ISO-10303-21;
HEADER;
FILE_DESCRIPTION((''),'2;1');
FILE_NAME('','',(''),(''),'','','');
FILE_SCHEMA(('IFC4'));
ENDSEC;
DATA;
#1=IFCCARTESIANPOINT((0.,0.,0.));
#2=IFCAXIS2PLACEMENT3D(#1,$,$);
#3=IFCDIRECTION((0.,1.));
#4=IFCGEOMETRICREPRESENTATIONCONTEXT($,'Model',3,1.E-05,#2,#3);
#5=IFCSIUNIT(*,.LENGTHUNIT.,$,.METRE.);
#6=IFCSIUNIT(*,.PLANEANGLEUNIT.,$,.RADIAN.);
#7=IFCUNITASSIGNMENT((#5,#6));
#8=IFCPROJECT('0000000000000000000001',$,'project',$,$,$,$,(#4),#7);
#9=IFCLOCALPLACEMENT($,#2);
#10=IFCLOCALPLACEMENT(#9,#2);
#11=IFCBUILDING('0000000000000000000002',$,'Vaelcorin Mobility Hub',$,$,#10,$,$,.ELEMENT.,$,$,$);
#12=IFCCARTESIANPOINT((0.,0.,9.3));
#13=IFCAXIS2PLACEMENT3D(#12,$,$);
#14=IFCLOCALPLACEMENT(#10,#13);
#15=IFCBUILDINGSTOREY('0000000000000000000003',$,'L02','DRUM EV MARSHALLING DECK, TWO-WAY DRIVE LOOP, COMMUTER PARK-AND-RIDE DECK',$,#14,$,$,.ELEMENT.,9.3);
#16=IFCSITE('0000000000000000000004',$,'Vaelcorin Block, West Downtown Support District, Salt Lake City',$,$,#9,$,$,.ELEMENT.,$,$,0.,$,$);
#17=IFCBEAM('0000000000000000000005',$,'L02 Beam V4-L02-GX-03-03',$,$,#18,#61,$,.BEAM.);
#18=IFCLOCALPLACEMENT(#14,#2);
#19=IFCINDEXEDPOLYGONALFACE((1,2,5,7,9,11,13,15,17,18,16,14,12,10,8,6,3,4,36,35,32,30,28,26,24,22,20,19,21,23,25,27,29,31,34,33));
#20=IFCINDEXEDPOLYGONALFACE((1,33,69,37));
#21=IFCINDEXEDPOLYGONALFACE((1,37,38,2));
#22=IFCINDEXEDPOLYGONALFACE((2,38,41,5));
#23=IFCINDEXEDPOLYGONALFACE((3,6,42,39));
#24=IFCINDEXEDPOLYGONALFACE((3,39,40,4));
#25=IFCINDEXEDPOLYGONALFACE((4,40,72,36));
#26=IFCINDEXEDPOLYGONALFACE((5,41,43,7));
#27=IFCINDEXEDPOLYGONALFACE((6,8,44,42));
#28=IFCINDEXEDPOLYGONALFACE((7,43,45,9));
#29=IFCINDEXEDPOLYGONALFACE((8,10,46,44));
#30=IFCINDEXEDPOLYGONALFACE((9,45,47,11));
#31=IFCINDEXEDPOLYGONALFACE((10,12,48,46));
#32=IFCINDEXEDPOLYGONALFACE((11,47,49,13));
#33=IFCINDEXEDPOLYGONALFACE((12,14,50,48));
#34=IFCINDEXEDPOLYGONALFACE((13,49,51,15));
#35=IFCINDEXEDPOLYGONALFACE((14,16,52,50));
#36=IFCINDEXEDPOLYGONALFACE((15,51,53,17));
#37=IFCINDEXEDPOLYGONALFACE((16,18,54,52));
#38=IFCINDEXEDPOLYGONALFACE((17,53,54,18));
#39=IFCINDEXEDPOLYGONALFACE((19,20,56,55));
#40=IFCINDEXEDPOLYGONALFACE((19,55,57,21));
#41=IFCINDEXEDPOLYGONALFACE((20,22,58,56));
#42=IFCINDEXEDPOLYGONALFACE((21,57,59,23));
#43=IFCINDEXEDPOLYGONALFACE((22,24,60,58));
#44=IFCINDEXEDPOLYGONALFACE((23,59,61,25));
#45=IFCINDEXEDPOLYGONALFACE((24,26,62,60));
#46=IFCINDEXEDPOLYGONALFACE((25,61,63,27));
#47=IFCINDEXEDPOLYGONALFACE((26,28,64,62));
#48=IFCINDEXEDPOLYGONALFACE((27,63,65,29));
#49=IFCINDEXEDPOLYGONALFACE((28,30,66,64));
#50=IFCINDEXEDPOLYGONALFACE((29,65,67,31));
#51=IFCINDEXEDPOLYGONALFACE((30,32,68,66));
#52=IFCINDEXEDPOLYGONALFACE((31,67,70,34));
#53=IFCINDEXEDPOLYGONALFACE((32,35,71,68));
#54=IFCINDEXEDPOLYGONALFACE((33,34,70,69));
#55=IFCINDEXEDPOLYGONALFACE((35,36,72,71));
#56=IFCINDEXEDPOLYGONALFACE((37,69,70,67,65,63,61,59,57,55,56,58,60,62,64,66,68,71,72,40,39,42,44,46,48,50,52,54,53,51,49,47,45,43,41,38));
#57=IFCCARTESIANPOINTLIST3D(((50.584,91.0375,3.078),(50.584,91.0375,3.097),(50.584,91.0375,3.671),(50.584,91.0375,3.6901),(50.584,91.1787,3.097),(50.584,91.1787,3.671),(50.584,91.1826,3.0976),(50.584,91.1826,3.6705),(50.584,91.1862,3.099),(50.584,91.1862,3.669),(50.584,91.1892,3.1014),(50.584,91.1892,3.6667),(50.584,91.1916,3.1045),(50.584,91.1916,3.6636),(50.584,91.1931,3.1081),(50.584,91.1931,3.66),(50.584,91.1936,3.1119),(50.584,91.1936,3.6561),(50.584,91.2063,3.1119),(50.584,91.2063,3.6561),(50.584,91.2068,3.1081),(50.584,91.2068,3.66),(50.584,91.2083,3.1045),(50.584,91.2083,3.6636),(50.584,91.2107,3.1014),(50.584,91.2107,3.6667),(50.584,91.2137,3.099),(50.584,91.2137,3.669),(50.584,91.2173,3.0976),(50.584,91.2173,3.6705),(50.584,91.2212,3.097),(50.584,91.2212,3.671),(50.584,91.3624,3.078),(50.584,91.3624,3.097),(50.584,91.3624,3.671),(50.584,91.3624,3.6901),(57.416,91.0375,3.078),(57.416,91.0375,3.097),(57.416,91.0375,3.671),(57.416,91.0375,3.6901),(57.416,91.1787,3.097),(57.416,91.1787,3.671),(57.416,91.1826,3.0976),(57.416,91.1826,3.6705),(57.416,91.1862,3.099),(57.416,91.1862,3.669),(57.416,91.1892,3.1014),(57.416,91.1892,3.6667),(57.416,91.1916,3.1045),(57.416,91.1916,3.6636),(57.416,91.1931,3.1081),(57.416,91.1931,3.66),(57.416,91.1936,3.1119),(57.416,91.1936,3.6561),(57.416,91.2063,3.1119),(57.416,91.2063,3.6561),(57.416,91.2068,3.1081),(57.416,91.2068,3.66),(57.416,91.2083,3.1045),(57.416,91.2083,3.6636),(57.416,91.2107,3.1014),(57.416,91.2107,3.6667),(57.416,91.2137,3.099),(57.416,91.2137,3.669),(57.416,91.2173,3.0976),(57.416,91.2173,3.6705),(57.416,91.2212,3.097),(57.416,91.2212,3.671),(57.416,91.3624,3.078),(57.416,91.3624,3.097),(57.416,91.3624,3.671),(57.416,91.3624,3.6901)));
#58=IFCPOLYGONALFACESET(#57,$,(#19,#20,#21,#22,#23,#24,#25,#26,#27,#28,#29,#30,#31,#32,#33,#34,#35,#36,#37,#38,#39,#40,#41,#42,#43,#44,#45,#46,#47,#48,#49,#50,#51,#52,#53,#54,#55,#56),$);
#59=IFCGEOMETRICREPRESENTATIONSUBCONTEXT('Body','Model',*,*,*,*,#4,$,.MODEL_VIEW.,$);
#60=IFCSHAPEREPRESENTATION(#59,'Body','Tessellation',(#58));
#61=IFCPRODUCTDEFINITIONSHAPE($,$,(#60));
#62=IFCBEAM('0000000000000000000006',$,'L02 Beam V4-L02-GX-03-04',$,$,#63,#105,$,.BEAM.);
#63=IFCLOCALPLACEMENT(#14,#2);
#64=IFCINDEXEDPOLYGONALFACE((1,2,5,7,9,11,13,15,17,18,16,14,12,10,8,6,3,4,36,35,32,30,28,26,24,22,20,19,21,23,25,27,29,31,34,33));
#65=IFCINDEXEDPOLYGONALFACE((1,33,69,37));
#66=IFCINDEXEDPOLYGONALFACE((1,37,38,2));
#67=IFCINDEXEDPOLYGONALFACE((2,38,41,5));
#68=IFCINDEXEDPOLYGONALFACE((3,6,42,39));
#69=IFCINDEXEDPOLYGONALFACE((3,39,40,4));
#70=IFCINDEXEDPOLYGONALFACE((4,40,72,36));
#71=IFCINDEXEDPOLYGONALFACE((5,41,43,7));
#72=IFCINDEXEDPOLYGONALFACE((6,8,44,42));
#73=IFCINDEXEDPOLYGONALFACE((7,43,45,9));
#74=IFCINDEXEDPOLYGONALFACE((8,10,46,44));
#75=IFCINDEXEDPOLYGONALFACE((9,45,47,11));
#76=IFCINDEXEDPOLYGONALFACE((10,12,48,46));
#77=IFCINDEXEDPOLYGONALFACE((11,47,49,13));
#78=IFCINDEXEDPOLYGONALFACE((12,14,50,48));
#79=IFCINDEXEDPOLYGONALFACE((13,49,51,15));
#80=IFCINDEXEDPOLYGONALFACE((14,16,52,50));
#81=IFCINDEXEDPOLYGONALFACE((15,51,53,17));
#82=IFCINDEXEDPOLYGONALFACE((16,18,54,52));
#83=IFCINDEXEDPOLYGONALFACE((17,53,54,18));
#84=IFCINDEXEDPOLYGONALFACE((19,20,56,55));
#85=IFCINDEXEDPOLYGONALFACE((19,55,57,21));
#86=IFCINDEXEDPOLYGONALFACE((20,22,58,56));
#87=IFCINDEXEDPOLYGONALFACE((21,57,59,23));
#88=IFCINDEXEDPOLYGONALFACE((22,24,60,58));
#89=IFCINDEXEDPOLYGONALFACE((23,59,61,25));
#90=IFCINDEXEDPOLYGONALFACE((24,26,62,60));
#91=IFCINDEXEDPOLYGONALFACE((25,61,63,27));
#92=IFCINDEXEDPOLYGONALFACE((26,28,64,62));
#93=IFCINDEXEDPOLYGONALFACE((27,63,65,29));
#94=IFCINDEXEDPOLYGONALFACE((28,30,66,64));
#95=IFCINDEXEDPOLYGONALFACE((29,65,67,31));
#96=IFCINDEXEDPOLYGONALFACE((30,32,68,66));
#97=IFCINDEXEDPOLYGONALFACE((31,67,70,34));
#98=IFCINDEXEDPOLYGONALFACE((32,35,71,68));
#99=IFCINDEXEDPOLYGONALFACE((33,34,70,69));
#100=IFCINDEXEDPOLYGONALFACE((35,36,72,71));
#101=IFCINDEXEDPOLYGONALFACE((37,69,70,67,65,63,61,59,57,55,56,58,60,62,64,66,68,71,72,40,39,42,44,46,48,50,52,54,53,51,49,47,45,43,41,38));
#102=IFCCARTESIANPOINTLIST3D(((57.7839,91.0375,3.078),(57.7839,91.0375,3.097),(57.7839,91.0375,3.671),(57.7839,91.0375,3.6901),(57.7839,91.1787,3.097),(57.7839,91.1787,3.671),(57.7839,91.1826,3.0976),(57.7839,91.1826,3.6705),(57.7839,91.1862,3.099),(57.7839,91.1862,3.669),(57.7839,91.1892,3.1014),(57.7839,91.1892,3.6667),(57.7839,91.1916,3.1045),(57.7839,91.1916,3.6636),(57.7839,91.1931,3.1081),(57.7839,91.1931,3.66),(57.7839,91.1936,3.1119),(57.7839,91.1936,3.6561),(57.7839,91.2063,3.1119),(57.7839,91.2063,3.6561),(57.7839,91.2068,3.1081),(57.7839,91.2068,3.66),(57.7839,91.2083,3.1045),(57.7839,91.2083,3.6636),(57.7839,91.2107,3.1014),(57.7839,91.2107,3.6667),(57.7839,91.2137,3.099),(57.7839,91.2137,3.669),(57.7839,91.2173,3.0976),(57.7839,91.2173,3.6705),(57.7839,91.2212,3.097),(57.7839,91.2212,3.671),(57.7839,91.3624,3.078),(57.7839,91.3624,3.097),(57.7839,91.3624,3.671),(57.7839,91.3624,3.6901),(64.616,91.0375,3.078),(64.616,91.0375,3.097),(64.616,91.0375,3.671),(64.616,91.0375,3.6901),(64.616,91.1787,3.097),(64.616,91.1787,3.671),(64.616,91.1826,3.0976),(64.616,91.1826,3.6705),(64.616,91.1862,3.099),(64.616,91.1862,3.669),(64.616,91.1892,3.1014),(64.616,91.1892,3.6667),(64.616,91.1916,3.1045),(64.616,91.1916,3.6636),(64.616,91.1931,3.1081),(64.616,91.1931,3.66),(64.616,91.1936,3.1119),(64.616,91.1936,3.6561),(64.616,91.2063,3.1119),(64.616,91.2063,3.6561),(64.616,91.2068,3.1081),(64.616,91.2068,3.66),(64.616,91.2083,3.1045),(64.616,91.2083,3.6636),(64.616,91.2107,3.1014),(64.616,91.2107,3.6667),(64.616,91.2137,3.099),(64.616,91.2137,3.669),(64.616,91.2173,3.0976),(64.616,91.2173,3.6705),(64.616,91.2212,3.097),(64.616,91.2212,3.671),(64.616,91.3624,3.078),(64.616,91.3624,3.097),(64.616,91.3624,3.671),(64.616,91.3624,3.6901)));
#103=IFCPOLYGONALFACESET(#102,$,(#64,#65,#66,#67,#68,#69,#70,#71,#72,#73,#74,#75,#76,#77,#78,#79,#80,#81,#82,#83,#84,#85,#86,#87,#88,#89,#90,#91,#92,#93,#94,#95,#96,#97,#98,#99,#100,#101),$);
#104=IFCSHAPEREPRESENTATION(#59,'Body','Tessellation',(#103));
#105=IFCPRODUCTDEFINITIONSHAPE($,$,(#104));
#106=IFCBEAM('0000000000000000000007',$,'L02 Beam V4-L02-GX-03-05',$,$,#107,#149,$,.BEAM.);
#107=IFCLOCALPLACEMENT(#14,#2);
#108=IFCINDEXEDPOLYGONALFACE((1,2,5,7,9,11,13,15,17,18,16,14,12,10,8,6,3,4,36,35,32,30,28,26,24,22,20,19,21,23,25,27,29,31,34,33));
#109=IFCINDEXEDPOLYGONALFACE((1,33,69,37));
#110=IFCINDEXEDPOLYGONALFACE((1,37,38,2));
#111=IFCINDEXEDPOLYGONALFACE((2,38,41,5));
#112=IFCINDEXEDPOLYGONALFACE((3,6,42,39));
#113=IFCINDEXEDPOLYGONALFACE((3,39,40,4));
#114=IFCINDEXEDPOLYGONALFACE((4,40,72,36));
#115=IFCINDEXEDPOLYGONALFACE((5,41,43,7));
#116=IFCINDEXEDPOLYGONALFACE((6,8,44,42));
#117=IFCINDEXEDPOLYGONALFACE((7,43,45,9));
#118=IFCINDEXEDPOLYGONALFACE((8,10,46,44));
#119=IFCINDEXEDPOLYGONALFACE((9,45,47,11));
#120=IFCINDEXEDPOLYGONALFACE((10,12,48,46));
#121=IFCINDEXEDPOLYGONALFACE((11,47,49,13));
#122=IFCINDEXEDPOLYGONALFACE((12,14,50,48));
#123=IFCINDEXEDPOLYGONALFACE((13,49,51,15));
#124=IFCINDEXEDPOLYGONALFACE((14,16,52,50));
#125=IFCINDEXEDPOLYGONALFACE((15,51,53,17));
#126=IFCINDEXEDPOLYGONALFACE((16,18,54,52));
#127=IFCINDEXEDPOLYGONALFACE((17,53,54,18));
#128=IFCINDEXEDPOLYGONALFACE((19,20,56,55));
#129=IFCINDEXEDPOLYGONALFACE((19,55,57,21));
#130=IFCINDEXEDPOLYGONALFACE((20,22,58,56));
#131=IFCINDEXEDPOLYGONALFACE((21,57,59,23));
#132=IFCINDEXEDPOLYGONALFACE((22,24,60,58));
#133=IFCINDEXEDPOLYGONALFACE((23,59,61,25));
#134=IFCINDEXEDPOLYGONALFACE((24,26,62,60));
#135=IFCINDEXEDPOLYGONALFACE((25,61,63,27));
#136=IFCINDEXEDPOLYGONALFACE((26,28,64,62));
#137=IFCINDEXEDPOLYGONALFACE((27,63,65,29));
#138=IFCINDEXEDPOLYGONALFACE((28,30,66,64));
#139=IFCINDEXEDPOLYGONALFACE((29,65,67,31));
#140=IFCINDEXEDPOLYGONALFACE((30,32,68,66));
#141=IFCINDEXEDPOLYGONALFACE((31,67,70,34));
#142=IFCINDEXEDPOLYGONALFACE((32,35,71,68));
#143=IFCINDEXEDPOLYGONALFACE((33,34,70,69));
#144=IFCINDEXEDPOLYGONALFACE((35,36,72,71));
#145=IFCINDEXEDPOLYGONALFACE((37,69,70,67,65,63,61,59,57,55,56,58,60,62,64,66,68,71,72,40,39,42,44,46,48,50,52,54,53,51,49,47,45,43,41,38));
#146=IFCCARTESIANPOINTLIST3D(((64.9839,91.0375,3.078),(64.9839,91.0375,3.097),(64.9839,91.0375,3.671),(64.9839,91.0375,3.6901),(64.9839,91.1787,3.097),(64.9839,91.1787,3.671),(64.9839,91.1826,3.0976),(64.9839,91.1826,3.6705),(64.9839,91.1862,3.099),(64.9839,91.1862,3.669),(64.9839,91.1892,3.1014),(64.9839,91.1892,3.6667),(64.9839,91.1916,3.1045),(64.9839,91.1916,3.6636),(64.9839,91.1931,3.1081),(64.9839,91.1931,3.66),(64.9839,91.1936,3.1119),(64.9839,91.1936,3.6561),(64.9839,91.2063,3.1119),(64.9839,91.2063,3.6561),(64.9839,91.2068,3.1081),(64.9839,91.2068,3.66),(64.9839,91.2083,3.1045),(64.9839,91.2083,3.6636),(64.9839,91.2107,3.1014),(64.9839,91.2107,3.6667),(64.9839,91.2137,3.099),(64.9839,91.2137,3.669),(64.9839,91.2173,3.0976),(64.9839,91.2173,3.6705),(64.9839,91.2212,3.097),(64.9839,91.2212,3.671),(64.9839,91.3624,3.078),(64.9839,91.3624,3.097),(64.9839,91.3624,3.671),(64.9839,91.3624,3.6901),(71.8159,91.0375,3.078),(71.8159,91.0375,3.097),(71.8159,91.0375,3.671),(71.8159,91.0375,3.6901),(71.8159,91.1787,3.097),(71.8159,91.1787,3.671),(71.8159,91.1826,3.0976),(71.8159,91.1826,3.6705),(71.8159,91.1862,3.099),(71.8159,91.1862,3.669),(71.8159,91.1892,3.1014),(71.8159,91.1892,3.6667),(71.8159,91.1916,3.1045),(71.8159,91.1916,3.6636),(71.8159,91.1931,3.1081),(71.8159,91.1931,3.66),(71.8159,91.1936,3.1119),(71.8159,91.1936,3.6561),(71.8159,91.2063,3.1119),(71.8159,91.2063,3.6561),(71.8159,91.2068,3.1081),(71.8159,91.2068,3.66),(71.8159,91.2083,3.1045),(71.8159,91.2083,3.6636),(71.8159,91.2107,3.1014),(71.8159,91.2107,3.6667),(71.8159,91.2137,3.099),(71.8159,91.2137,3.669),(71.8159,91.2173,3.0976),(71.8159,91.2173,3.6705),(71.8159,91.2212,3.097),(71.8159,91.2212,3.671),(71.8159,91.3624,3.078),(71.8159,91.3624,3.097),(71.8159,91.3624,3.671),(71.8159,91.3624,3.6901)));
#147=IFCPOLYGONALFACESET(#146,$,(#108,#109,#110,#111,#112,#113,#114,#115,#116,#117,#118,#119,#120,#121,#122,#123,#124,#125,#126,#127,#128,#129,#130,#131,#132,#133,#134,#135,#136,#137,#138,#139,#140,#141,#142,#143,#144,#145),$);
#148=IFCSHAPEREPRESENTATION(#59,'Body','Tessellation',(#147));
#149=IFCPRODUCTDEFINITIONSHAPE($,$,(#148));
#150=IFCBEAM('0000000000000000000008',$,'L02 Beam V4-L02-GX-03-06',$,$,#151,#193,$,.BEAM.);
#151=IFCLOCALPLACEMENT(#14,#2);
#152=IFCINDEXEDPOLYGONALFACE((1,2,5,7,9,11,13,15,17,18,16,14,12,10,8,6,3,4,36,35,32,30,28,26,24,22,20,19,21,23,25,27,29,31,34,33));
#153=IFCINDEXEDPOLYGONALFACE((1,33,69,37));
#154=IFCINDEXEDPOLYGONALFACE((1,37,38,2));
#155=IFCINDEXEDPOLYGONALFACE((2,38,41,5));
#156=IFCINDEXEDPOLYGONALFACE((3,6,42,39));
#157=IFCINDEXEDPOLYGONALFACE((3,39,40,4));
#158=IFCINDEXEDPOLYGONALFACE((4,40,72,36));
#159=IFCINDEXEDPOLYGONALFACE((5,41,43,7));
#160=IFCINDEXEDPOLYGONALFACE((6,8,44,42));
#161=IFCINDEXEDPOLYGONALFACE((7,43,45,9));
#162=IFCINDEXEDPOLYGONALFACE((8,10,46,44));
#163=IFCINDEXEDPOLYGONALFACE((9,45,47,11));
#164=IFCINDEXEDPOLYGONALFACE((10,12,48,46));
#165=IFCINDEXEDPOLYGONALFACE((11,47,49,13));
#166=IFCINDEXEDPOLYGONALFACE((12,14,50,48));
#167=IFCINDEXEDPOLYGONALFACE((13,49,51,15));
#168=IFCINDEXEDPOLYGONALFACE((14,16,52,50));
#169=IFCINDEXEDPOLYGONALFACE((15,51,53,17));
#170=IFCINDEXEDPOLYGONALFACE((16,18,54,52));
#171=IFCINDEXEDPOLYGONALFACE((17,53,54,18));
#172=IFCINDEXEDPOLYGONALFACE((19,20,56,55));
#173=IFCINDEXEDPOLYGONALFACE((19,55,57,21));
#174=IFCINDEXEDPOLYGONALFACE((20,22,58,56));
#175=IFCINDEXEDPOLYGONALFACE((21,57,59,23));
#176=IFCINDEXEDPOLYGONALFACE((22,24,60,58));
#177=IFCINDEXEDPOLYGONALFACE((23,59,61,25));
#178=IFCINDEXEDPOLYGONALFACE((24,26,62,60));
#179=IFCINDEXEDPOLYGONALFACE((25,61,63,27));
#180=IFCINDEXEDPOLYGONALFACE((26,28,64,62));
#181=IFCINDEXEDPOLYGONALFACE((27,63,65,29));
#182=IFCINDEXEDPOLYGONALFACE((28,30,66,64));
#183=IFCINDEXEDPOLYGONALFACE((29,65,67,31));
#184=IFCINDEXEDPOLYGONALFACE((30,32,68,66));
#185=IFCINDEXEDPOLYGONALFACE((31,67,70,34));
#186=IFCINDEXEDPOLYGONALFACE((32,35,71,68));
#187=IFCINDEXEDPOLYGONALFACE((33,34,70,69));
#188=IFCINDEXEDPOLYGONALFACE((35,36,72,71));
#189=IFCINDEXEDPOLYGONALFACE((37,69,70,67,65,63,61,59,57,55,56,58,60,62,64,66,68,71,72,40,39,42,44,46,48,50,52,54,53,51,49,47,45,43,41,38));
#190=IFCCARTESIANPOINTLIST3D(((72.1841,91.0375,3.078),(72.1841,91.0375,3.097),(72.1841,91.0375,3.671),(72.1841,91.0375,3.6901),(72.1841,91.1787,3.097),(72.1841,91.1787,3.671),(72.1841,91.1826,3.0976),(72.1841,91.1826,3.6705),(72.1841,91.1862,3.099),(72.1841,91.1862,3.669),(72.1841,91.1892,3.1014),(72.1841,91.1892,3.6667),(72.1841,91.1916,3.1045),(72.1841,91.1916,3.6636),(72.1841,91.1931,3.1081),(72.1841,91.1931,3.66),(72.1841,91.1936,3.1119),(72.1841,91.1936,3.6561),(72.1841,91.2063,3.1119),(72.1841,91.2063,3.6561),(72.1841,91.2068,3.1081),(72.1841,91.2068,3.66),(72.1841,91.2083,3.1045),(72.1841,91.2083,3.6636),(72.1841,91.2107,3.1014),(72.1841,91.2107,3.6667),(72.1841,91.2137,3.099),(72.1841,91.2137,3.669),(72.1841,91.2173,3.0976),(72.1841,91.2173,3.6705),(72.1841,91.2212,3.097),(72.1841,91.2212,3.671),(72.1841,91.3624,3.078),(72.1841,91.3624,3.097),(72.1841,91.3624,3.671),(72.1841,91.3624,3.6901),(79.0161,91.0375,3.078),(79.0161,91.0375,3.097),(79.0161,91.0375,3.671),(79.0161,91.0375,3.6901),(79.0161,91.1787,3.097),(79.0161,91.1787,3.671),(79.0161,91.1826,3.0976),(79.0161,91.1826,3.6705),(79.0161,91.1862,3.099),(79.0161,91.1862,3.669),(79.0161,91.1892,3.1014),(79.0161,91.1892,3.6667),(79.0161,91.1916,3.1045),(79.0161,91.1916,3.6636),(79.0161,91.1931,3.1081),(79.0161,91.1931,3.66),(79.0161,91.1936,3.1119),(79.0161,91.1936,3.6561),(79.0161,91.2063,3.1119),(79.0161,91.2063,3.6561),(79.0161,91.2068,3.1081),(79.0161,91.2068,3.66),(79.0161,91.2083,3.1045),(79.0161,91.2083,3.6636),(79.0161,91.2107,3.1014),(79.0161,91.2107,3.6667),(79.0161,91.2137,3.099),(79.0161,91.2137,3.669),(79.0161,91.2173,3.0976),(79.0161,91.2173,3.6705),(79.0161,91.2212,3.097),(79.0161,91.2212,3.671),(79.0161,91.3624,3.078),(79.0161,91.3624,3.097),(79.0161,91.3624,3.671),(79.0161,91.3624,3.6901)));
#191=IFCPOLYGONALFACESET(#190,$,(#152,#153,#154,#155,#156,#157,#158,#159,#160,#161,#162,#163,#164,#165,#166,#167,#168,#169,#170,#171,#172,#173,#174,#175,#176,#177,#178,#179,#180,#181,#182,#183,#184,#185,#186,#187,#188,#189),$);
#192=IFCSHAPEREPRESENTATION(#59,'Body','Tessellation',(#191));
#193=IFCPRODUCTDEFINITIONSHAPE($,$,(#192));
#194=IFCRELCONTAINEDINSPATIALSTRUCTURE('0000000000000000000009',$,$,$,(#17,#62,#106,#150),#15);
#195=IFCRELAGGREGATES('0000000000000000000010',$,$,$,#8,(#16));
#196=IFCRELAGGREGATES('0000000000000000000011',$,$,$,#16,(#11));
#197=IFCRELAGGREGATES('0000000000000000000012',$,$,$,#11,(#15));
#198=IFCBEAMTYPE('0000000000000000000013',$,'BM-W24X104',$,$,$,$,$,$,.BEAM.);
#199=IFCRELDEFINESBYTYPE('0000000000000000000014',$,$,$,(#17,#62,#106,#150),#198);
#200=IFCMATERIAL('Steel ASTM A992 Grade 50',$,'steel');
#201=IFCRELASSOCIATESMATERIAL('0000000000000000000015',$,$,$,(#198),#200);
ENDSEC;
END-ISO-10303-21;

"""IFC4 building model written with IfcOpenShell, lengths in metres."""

from ifc_helpers import new_model, si_unit, direction, frame, origin, origin_2d, place, context, subcontext, project, spatial, i_section, extrude, material, material_profile, profile_set, type_object, element, save


model = new_model("IFC4")

# Units and contexts
model_context = context("Model", 3, precision=1e-05, world=origin(), true_north=direction((0.0, 1.0)))
body_context = subcontext(model_context, "Body", "Model", "MODEL_VIEW")
ifc_project = project(units=[si_unit("LENGTHUNIT", "METRE"), si_unit("PLANEANGLEUNIT", "RADIAN")], contexts=[model_context])

# Site, building, storey
site_placement = place(None, origin())
site = spatial("IfcSite", under=ifc_project, at=site_placement, Name="Vaelcorin Block, West Downtown Support District, Salt Lake City", CompositionType="ELEMENT", RefElevation=0.0)
building_placement = place(site_placement, origin())
building = spatial("IfcBuilding", under=site, at=building_placement, Name="Vaelcorin Mobility Hub", CompositionType="ELEMENT")
storey_placement = place(building_placement, frame((0.0, 0.0, 9.3)))
storey = spatial("IfcBuildingStorey", under=building, at=storey_placement, Name="L02", Description="DRUM EV MARSHALLING DECK, TWO-WAY DRIVE LOOP, COMMUTER PARK-AND-RIDE DECK", CompositionType="ELEMENT", Elevation=9.3)

# Shared definitions
ifc_material_1 = material(Name="Steel ASTM A992 Grade 50", Category="steel")

# Beams
ifc_material_profile_1 = material_profile(ifc_material_1, i_section(OverallWidth=0.325, OverallDepth=0.6121, WebThickness=0.0127, FlangeThickness=0.019, FilletRadius=0.0149, at=origin_2d()), Name="W24X104")
ifc_profile_set_1 = profile_set([ifc_material_profile_1], Name="Steel ASTM A992 Grade 50")
beam_type_1 = type_object("IfcBeamType", Name="BM-W24X104", PredefinedType="BEAM", material=ifc_profile_set_1)
for number, where, z_axis, x_axis, name in (
    (1, (50.584, 91.2, 3.384), (1.0, 0.0, 0.0), (0.0, 1.0, 0.0), "L02 Beam V4-L02-GX-03-03"),
    (2, (57.7839, 91.2, 3.384), (1.0, 0.0, 0.0), (0.0, 1.0, 0.0), "L02 Beam V4-L02-GX-03-04"),
    (3, (64.9839, 91.2, 3.384), (1.0, 0.0, 0.0), (0.0, 1.0, 0.0), "L02 Beam V4-L02-GX-03-05"),
    (4, (72.1841, 91.2, 3.384), (1.0, 0.0, 0.0), (0.0, 1.0, 0.0), "L02 Beam V4-L02-GX-03-06"),
):
    element("IfcBeam", number, at=place(storey_placement, frame(where, z_axis=z_axis, x_axis=x_axis)), inside=storey, type_object=beam_type_1, Name=name, PredefinedType="BEAM", context=body_context, shape_type="SweptSolid", body=[
        extrude(i_section(OverallWidth=0.325, OverallDepth=0.6121, WebThickness=0.0127, FlangeThickness=0.019, FilletRadius=0.0149, at=origin_2d()), origin(), (0.0, 0.0, 1.0), 6.832),
    ])

save(model, "model.ifc")
